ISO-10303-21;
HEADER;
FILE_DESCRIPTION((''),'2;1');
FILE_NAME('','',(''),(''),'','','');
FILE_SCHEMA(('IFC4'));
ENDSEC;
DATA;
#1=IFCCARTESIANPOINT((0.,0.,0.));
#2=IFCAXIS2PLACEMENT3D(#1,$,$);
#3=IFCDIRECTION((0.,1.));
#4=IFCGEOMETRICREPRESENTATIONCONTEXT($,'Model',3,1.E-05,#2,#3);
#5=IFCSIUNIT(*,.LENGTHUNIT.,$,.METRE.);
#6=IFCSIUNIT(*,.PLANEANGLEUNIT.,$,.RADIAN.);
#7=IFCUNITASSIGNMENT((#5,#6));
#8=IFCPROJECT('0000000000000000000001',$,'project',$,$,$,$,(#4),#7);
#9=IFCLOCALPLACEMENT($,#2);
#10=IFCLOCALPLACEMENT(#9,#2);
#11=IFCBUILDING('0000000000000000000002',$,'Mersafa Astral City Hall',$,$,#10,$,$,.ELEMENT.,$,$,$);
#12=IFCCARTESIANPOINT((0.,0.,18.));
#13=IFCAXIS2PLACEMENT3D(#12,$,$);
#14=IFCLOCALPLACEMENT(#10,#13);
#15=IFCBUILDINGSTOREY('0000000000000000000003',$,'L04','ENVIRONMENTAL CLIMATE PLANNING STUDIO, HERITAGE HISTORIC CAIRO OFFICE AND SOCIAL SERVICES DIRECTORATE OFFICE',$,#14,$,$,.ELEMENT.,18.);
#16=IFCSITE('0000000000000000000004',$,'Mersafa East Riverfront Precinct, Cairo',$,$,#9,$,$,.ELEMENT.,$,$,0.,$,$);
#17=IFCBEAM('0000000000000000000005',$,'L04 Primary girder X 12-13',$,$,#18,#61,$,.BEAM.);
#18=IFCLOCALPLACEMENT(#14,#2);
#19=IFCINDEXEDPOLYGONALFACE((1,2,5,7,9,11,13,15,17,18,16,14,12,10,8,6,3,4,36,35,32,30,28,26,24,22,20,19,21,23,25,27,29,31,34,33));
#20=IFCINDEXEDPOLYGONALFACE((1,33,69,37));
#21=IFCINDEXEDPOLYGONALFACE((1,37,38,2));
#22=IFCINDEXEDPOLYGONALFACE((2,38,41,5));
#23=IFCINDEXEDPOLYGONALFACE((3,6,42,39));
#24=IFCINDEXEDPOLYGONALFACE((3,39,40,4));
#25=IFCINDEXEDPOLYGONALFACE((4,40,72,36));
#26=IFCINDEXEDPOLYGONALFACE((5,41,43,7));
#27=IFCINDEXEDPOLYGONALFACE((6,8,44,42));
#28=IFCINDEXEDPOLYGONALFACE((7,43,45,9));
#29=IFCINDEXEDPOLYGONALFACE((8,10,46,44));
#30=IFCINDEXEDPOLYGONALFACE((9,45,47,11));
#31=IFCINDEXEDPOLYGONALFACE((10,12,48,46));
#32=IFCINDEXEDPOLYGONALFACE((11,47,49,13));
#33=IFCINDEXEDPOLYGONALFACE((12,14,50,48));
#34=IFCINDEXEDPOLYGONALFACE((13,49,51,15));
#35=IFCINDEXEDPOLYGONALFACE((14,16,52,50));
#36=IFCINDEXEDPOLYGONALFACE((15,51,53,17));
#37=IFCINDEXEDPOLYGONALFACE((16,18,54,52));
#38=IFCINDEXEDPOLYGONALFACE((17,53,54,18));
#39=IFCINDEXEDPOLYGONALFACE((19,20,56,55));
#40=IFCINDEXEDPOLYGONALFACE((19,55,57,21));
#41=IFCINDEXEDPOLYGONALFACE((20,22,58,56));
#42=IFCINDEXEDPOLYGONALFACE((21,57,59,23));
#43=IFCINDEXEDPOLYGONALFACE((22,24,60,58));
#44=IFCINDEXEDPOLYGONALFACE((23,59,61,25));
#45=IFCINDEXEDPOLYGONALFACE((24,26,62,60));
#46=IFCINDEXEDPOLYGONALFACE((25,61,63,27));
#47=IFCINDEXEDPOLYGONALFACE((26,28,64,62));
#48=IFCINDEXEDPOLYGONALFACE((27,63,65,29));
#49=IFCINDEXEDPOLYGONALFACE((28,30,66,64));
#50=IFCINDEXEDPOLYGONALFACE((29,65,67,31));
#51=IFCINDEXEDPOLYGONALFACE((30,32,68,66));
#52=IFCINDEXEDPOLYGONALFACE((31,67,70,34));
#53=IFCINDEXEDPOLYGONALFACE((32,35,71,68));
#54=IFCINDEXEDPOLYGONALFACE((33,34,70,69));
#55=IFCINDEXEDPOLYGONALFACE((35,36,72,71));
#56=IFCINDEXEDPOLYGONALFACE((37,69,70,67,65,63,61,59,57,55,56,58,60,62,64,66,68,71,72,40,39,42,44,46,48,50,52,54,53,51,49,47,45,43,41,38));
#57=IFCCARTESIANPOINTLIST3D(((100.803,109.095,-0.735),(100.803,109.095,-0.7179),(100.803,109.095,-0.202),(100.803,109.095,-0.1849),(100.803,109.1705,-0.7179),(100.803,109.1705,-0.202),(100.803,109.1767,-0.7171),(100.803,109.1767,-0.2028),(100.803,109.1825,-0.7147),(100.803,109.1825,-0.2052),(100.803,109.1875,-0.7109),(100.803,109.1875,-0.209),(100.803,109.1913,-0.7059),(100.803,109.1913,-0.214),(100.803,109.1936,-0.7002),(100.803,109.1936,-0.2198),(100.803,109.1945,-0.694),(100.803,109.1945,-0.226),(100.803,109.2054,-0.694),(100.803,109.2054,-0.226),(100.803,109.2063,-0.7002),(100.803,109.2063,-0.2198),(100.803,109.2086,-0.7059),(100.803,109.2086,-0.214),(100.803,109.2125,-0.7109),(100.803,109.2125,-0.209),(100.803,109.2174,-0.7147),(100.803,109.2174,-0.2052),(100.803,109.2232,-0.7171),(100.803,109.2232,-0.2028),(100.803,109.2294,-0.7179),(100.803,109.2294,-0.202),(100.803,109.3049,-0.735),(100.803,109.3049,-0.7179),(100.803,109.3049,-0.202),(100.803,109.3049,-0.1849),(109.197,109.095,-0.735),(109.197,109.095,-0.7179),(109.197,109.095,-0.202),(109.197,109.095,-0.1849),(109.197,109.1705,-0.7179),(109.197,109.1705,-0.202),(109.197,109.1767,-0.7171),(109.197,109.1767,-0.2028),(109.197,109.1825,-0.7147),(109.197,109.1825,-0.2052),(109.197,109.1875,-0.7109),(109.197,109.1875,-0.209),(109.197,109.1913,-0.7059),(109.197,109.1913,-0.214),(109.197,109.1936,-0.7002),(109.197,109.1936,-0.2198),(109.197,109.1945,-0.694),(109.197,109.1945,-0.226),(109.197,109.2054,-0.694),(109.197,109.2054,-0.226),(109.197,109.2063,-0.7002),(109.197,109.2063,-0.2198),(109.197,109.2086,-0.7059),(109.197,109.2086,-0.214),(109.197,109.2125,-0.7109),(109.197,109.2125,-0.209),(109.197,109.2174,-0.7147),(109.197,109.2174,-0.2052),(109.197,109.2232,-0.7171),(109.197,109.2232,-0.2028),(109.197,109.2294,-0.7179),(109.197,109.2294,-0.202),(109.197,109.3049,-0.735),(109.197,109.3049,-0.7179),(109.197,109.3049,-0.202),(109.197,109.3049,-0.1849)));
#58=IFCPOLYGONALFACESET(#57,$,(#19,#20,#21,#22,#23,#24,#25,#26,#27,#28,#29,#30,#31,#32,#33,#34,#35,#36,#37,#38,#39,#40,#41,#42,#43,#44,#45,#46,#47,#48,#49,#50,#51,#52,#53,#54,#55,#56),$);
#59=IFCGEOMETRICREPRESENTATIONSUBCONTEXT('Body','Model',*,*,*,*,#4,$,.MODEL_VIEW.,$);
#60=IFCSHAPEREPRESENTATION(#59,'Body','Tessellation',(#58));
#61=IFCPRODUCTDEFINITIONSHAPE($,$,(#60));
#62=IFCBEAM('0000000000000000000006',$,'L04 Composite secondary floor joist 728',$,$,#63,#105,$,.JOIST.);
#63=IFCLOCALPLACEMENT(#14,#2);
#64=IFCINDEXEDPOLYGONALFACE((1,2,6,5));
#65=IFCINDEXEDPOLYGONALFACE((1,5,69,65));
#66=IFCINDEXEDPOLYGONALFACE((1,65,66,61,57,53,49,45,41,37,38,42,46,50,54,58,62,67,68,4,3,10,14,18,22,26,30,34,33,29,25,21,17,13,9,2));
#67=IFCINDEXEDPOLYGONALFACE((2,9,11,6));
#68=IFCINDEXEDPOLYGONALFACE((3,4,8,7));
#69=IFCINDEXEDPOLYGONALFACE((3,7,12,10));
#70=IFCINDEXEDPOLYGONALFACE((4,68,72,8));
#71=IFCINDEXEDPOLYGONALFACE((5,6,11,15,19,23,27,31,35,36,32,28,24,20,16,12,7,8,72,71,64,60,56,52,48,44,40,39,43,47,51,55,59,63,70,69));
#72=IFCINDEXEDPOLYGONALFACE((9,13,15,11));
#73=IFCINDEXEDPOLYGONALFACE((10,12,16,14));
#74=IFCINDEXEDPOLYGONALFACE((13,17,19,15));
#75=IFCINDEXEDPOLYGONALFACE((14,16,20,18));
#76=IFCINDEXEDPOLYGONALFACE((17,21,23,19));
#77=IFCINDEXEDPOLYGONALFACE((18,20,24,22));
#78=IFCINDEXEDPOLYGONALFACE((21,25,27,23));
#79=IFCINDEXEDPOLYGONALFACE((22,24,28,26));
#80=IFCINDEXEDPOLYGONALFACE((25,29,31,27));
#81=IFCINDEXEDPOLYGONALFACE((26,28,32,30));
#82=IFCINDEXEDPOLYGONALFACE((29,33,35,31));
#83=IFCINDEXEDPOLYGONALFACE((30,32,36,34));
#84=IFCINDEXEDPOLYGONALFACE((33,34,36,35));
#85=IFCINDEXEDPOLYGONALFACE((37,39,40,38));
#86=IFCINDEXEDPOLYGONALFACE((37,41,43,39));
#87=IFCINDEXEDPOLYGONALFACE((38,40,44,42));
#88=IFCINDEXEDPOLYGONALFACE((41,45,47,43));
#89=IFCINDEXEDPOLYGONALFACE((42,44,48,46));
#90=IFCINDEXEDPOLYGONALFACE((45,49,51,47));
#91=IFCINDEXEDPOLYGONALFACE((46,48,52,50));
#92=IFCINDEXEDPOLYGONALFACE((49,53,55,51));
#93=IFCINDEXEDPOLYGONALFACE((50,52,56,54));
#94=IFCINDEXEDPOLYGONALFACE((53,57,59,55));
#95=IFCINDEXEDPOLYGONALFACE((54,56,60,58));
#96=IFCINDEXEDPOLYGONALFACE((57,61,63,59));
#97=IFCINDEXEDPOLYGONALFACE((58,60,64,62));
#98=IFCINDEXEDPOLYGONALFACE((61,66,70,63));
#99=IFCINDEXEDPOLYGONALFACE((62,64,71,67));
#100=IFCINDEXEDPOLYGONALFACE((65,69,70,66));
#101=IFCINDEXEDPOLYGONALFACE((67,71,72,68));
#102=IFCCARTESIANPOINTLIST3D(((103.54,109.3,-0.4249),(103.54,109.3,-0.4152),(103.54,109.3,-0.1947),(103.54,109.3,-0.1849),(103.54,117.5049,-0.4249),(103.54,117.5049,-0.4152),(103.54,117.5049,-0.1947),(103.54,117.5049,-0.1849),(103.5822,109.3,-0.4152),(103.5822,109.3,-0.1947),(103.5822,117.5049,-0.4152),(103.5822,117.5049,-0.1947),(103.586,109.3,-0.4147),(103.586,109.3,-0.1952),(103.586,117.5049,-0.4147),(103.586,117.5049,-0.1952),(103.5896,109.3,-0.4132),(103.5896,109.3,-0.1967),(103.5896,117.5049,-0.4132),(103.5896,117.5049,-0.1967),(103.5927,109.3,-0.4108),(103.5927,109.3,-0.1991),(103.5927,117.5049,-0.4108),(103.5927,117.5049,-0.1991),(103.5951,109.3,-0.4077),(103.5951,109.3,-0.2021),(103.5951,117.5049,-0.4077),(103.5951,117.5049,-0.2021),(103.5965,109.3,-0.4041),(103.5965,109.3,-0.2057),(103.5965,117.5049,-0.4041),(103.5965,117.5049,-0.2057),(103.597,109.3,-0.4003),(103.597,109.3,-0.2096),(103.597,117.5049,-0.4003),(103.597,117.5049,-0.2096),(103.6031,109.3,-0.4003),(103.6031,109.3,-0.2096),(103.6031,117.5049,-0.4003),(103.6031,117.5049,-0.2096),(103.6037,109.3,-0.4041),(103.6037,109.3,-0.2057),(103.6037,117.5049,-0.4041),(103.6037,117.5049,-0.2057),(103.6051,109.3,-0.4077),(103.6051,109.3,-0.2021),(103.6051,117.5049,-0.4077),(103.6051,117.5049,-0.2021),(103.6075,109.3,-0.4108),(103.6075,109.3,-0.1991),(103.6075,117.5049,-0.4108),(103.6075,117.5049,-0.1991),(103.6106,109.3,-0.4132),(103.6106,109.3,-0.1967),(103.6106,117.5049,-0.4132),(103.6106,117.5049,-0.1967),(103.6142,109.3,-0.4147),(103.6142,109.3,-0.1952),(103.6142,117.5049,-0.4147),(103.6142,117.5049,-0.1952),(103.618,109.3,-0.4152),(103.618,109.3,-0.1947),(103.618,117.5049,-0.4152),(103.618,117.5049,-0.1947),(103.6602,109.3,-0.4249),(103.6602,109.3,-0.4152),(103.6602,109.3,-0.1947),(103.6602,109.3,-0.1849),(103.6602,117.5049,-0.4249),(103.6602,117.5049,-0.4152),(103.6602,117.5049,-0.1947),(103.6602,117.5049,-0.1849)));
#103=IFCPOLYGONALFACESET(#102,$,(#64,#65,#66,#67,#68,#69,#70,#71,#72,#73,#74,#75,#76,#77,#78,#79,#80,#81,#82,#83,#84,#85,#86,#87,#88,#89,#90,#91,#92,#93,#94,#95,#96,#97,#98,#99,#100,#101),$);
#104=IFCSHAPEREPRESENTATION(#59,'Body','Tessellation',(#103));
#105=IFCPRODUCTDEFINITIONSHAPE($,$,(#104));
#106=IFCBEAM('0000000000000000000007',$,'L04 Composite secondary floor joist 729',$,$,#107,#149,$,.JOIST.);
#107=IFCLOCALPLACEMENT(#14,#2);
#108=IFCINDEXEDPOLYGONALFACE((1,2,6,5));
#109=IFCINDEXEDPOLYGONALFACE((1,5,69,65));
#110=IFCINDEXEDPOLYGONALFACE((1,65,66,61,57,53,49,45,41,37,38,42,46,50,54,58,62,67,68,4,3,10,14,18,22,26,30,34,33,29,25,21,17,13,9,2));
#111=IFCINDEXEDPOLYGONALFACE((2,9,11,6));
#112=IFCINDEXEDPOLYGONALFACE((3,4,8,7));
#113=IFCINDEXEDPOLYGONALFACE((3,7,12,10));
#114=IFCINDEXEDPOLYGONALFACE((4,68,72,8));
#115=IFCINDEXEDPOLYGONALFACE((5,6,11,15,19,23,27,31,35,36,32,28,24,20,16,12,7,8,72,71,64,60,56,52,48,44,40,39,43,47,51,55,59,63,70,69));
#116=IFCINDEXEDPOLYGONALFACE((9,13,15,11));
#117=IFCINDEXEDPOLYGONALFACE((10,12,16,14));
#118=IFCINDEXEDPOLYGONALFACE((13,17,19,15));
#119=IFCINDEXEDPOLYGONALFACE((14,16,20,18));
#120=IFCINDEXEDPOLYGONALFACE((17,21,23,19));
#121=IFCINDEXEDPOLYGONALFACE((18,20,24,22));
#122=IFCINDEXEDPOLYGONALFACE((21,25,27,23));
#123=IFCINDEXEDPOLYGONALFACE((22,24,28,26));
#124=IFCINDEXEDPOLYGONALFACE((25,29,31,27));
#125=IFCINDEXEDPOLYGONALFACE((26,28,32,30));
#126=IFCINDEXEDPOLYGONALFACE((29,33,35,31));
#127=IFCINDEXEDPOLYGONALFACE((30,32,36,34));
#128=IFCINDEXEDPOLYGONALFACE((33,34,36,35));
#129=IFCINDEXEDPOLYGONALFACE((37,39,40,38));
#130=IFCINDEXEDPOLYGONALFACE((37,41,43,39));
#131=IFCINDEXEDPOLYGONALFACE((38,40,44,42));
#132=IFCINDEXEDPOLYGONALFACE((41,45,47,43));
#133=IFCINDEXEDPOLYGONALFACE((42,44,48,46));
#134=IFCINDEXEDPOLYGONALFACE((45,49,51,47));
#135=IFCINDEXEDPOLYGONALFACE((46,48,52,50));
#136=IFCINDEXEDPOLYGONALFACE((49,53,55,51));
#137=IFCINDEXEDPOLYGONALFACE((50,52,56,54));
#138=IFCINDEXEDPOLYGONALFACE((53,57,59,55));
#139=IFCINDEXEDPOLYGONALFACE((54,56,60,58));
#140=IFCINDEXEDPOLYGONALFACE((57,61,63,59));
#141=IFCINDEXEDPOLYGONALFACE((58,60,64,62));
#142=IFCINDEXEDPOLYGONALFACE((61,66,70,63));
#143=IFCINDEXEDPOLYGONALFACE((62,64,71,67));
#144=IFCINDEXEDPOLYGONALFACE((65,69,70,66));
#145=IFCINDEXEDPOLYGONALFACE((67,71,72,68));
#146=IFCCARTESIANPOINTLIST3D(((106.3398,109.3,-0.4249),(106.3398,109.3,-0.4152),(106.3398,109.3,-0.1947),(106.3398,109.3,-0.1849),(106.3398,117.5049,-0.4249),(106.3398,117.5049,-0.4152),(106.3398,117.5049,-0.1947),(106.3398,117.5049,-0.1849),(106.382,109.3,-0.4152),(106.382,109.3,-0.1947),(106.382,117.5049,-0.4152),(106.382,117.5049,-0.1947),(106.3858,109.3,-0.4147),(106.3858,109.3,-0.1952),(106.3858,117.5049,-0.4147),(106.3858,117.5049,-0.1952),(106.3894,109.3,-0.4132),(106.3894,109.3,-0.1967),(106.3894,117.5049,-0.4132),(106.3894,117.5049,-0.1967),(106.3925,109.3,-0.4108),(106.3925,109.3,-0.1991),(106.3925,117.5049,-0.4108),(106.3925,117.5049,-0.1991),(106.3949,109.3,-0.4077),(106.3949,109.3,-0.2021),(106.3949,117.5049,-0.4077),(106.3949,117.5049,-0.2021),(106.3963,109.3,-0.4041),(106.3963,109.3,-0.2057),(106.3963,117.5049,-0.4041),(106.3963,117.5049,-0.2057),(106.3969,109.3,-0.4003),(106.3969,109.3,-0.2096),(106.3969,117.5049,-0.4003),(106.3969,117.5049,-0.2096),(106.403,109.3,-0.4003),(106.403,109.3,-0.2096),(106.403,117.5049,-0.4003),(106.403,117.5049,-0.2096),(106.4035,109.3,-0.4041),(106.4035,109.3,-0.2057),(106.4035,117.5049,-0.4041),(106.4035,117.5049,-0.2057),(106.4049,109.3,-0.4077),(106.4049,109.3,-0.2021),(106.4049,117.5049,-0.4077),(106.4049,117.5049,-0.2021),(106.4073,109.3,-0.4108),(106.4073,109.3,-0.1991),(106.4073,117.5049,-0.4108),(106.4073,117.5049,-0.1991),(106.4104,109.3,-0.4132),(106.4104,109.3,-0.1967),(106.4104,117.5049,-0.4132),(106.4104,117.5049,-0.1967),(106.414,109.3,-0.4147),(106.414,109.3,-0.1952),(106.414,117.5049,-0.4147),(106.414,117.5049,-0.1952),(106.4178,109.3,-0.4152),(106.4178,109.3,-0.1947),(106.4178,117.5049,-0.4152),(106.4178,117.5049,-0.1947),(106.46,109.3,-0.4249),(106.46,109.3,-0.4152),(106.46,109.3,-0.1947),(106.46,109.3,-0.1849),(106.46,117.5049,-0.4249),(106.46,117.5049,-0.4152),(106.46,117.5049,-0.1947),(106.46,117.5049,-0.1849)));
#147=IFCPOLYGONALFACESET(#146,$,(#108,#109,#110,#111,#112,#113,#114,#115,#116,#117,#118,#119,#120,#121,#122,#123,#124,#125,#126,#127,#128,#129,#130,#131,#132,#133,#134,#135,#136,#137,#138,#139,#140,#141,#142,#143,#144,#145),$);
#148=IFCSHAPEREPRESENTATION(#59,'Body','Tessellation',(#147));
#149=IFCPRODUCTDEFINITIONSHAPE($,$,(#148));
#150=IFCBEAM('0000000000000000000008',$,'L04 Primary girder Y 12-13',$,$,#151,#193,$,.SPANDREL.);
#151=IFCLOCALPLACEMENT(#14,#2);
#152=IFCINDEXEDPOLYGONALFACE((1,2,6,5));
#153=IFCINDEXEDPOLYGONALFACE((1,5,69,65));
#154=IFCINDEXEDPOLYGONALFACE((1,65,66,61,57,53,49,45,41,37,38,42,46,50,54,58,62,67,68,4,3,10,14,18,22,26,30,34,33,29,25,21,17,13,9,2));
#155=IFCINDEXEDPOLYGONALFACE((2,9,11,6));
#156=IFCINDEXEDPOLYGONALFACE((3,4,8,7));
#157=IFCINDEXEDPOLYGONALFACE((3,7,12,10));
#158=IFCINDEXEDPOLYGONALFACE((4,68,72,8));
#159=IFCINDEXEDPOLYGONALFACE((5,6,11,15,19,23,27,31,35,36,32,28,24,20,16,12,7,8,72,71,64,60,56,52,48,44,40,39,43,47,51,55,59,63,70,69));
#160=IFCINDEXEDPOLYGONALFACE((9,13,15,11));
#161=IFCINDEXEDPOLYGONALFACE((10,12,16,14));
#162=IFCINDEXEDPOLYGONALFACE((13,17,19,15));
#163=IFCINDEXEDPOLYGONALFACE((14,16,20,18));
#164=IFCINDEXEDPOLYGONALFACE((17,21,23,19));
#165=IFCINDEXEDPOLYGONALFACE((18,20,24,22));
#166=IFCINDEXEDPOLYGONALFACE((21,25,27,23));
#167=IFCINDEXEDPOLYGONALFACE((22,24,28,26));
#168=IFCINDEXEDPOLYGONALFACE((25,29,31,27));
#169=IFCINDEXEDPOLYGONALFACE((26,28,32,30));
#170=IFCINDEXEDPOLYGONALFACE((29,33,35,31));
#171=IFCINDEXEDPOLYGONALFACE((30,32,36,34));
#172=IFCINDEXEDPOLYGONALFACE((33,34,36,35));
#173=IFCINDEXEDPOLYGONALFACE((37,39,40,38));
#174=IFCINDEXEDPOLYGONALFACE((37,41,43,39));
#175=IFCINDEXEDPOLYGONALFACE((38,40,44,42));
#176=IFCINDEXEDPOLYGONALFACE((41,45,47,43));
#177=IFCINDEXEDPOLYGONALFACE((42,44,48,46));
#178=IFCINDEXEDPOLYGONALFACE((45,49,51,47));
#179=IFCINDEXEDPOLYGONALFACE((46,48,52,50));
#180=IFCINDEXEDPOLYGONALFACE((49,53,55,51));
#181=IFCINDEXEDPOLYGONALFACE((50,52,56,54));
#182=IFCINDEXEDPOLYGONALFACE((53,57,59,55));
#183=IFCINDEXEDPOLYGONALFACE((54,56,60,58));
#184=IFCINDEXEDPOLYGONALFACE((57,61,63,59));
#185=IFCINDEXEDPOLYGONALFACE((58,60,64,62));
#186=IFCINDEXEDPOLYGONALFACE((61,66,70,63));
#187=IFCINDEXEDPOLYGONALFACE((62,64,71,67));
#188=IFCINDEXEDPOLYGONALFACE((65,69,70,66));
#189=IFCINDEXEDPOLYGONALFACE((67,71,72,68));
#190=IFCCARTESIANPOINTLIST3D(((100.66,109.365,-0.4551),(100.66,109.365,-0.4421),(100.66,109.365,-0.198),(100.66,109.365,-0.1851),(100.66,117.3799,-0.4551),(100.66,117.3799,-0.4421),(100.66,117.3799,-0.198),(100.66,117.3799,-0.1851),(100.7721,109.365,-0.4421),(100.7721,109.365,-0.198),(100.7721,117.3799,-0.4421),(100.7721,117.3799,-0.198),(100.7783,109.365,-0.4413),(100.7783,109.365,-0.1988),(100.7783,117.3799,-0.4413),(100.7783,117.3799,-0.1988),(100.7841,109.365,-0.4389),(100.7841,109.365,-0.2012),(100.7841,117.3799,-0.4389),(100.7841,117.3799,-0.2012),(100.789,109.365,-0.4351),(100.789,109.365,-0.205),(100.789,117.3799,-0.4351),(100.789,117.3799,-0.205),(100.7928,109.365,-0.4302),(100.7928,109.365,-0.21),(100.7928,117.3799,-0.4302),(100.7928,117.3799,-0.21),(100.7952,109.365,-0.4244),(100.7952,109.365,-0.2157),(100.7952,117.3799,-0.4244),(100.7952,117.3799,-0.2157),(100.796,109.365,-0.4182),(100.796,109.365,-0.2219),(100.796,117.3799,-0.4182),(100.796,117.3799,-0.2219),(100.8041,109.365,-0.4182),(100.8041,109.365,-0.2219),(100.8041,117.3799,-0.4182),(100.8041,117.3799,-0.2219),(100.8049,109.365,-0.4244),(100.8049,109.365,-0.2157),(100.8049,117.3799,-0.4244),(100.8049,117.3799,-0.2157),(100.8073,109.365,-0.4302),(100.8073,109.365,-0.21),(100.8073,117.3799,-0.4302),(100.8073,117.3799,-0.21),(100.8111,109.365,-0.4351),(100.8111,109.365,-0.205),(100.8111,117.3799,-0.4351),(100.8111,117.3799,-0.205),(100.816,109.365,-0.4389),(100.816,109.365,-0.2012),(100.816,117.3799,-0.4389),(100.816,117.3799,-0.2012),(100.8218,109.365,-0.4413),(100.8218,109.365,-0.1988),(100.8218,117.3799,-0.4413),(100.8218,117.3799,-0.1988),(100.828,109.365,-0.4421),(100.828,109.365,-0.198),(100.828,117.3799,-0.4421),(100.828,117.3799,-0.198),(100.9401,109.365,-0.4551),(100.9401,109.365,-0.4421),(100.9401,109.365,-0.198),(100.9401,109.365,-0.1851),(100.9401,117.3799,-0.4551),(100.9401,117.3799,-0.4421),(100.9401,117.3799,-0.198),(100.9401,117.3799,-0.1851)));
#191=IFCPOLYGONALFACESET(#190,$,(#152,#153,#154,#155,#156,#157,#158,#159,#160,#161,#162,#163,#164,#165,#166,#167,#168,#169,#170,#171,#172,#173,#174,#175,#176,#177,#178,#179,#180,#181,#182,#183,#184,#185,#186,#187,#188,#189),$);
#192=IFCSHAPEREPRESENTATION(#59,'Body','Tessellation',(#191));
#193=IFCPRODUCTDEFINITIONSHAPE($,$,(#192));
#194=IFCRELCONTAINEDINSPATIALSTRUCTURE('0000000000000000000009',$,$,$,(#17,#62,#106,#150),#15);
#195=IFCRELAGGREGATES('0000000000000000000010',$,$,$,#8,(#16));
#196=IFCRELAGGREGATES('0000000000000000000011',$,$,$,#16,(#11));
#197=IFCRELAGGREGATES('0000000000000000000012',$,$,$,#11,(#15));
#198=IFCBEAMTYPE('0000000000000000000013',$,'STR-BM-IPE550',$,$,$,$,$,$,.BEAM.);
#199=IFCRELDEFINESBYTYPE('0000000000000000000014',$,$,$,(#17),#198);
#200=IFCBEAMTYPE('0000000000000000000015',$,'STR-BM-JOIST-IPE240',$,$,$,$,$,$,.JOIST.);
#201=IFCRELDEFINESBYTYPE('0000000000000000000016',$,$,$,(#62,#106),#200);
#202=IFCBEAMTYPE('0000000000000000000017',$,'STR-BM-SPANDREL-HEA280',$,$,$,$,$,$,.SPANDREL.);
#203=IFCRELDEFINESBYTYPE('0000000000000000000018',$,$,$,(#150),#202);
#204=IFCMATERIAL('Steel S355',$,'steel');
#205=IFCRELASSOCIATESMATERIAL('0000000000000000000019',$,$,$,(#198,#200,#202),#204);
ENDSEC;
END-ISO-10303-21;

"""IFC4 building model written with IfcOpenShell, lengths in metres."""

from ifc_helpers import new_model, si_unit, direction, frame, origin, origin_2d, place, context, subcontext, project, spatial, i_section, extrude, material, material_profile, profile_set, type_object, element, save


model = new_model("IFC4")

# Units and contexts
model_context = context("Model", 3, precision=1e-05, world=origin(), true_north=direction((0.0, 1.0)))
body_context = subcontext(model_context, "Body", "Model", "MODEL_VIEW")
ifc_project = project(units=[si_unit("LENGTHUNIT", "METRE"), si_unit("PLANEANGLEUNIT", "RADIAN")], contexts=[model_context])

# Site, building, storey
site_placement = place(None, origin())
site = spatial("IfcSite", under=ifc_project, at=site_placement, Name="Mersafa East Riverfront Precinct, Cairo", CompositionType="ELEMENT", RefElevation=0.0)
building_placement = place(site_placement, origin())
building = spatial("IfcBuilding", under=site, at=building_placement, Name="Mersafa Astral City Hall", CompositionType="ELEMENT")
storey_placement = place(building_placement, frame((0.0, 0.0, 18.0)))
storey = spatial("IfcBuildingStorey", under=building, at=storey_placement, Name="L04", Description="ENVIRONMENTAL CLIMATE PLANNING STUDIO, HERITAGE HISTORIC CAIRO OFFICE AND SOCIAL SERVICES DIRECTORATE OFFICE", CompositionType="ELEMENT", Elevation=18.0)

# Shared definitions
ifc_material_1 = material(Name="Steel S355", Category="steel")

# Beams
ifc_material_profile_1 = material_profile(ifc_material_1, i_section(OverallWidth=0.21, OverallDepth=0.55, WebThickness=0.011, FlangeThickness=0.0171, FilletRadius=0.0239, at=origin_2d()), Name="IPE 550")
ifc_profile_set_1 = profile_set([ifc_material_profile_1], Name="Steel S355")
beam_type_1 = type_object("IfcBeamType", Name="STR-BM-IPE550", PredefinedType="BEAM", material=ifc_profile_set_1)
beam_1_placement = place(storey_placement, frame((100.803, 109.2, -0.46), z_axis=(1.0, 0.0, 0.0), x_axis=(0.0, 1.0, 0.0)))
element("IfcBeam", 1, at=beam_1_placement, inside=storey, type_object=beam_type_1, Name="L04 Primary girder X 12-13", PredefinedType="BEAM", context=body_context, shape_type="SweptSolid", body=[
    extrude(i_section(OverallWidth=0.21, OverallDepth=0.55, WebThickness=0.011, FlangeThickness=0.0171, FilletRadius=0.0239, at=origin_2d()), origin(), (0.0, 0.0, 1.0), 8.394),
])
ifc_material_profile_2 = material_profile(ifc_material_1, i_section(OverallWidth=0.1201, OverallDepth=0.24, WebThickness=0.0061, FlangeThickness=0.0098, FilletRadius=0.0149, at=origin_2d()), Name="IPE 240")
ifc_profile_set_2 = profile_set([ifc_material_profile_2], Name="Steel S355")
beam_type_2 = type_object("IfcBeamType", Name="STR-BM-JOIST-IPE240", PredefinedType="JOIST", material=ifc_profile_set_2)
for number, where, z_axis, x_axis, name in (
    (2, (103.6001, 109.3, -0.3049), (0.0, 1.0, 0.0), (-1.0, 0.0, 0.0), "L04 Composite secondary floor joist 728"),
    (3, (106.3999, 109.3, -0.3049), (0.0, 1.0, 0.0), (-1.0, 0.0, 0.0), "L04 Composite secondary floor joist 729"),
):
    element("IfcBeam", number, at=place(storey_placement, frame(where, z_axis=z_axis, x_axis=x_axis)), inside=storey, type_object=beam_type_2, Name=name, PredefinedType="JOIST", context=body_context, shape_type="SweptSolid", body=[
        extrude(i_section(OverallWidth=0.1201, OverallDepth=0.24, WebThickness=0.0061, FlangeThickness=0.0098, FilletRadius=0.0149, at=origin_2d()), origin(), (0.0, 0.0, 1.0), 8.2048),
    ])
ifc_material_profile_3 = material_profile(ifc_material_1, i_section(OverallWidth=0.28, OverallDepth=0.27, WebThickness=0.0081, FlangeThickness=0.0129, FilletRadius=0.0239, at=origin_2d()), Name="HEA 280")
ifc_profile_set_3 = profile_set([ifc_material_profile_3], Name="Steel S355")
beam_type_3 = type_object("IfcBeamType", Name="STR-BM-SPANDREL-HEA280", PredefinedType="SPANDREL", material=ifc_profile_set_3)
beam_2_placement = place(storey_placement, frame((100.8, 109.365, -0.3201), z_axis=(0.0, 1.0, 0.0), x_axis=(-1.0, 0.0, 0.0)))
element("IfcBeam", 4, at=beam_2_placement, inside=storey, type_object=beam_type_3, Name="L04 Primary girder Y 12-13", PredefinedType="SPANDREL", context=body_context, shape_type="SweptSolid", body=[
    extrude(i_section(OverallWidth=0.28, OverallDepth=0.27, WebThickness=0.0081, FlangeThickness=0.0129, FilletRadius=0.0239, at=origin_2d()), origin(), (0.0, 0.0, 1.0), 8.0149),
])

save(model, "model.ifc")
